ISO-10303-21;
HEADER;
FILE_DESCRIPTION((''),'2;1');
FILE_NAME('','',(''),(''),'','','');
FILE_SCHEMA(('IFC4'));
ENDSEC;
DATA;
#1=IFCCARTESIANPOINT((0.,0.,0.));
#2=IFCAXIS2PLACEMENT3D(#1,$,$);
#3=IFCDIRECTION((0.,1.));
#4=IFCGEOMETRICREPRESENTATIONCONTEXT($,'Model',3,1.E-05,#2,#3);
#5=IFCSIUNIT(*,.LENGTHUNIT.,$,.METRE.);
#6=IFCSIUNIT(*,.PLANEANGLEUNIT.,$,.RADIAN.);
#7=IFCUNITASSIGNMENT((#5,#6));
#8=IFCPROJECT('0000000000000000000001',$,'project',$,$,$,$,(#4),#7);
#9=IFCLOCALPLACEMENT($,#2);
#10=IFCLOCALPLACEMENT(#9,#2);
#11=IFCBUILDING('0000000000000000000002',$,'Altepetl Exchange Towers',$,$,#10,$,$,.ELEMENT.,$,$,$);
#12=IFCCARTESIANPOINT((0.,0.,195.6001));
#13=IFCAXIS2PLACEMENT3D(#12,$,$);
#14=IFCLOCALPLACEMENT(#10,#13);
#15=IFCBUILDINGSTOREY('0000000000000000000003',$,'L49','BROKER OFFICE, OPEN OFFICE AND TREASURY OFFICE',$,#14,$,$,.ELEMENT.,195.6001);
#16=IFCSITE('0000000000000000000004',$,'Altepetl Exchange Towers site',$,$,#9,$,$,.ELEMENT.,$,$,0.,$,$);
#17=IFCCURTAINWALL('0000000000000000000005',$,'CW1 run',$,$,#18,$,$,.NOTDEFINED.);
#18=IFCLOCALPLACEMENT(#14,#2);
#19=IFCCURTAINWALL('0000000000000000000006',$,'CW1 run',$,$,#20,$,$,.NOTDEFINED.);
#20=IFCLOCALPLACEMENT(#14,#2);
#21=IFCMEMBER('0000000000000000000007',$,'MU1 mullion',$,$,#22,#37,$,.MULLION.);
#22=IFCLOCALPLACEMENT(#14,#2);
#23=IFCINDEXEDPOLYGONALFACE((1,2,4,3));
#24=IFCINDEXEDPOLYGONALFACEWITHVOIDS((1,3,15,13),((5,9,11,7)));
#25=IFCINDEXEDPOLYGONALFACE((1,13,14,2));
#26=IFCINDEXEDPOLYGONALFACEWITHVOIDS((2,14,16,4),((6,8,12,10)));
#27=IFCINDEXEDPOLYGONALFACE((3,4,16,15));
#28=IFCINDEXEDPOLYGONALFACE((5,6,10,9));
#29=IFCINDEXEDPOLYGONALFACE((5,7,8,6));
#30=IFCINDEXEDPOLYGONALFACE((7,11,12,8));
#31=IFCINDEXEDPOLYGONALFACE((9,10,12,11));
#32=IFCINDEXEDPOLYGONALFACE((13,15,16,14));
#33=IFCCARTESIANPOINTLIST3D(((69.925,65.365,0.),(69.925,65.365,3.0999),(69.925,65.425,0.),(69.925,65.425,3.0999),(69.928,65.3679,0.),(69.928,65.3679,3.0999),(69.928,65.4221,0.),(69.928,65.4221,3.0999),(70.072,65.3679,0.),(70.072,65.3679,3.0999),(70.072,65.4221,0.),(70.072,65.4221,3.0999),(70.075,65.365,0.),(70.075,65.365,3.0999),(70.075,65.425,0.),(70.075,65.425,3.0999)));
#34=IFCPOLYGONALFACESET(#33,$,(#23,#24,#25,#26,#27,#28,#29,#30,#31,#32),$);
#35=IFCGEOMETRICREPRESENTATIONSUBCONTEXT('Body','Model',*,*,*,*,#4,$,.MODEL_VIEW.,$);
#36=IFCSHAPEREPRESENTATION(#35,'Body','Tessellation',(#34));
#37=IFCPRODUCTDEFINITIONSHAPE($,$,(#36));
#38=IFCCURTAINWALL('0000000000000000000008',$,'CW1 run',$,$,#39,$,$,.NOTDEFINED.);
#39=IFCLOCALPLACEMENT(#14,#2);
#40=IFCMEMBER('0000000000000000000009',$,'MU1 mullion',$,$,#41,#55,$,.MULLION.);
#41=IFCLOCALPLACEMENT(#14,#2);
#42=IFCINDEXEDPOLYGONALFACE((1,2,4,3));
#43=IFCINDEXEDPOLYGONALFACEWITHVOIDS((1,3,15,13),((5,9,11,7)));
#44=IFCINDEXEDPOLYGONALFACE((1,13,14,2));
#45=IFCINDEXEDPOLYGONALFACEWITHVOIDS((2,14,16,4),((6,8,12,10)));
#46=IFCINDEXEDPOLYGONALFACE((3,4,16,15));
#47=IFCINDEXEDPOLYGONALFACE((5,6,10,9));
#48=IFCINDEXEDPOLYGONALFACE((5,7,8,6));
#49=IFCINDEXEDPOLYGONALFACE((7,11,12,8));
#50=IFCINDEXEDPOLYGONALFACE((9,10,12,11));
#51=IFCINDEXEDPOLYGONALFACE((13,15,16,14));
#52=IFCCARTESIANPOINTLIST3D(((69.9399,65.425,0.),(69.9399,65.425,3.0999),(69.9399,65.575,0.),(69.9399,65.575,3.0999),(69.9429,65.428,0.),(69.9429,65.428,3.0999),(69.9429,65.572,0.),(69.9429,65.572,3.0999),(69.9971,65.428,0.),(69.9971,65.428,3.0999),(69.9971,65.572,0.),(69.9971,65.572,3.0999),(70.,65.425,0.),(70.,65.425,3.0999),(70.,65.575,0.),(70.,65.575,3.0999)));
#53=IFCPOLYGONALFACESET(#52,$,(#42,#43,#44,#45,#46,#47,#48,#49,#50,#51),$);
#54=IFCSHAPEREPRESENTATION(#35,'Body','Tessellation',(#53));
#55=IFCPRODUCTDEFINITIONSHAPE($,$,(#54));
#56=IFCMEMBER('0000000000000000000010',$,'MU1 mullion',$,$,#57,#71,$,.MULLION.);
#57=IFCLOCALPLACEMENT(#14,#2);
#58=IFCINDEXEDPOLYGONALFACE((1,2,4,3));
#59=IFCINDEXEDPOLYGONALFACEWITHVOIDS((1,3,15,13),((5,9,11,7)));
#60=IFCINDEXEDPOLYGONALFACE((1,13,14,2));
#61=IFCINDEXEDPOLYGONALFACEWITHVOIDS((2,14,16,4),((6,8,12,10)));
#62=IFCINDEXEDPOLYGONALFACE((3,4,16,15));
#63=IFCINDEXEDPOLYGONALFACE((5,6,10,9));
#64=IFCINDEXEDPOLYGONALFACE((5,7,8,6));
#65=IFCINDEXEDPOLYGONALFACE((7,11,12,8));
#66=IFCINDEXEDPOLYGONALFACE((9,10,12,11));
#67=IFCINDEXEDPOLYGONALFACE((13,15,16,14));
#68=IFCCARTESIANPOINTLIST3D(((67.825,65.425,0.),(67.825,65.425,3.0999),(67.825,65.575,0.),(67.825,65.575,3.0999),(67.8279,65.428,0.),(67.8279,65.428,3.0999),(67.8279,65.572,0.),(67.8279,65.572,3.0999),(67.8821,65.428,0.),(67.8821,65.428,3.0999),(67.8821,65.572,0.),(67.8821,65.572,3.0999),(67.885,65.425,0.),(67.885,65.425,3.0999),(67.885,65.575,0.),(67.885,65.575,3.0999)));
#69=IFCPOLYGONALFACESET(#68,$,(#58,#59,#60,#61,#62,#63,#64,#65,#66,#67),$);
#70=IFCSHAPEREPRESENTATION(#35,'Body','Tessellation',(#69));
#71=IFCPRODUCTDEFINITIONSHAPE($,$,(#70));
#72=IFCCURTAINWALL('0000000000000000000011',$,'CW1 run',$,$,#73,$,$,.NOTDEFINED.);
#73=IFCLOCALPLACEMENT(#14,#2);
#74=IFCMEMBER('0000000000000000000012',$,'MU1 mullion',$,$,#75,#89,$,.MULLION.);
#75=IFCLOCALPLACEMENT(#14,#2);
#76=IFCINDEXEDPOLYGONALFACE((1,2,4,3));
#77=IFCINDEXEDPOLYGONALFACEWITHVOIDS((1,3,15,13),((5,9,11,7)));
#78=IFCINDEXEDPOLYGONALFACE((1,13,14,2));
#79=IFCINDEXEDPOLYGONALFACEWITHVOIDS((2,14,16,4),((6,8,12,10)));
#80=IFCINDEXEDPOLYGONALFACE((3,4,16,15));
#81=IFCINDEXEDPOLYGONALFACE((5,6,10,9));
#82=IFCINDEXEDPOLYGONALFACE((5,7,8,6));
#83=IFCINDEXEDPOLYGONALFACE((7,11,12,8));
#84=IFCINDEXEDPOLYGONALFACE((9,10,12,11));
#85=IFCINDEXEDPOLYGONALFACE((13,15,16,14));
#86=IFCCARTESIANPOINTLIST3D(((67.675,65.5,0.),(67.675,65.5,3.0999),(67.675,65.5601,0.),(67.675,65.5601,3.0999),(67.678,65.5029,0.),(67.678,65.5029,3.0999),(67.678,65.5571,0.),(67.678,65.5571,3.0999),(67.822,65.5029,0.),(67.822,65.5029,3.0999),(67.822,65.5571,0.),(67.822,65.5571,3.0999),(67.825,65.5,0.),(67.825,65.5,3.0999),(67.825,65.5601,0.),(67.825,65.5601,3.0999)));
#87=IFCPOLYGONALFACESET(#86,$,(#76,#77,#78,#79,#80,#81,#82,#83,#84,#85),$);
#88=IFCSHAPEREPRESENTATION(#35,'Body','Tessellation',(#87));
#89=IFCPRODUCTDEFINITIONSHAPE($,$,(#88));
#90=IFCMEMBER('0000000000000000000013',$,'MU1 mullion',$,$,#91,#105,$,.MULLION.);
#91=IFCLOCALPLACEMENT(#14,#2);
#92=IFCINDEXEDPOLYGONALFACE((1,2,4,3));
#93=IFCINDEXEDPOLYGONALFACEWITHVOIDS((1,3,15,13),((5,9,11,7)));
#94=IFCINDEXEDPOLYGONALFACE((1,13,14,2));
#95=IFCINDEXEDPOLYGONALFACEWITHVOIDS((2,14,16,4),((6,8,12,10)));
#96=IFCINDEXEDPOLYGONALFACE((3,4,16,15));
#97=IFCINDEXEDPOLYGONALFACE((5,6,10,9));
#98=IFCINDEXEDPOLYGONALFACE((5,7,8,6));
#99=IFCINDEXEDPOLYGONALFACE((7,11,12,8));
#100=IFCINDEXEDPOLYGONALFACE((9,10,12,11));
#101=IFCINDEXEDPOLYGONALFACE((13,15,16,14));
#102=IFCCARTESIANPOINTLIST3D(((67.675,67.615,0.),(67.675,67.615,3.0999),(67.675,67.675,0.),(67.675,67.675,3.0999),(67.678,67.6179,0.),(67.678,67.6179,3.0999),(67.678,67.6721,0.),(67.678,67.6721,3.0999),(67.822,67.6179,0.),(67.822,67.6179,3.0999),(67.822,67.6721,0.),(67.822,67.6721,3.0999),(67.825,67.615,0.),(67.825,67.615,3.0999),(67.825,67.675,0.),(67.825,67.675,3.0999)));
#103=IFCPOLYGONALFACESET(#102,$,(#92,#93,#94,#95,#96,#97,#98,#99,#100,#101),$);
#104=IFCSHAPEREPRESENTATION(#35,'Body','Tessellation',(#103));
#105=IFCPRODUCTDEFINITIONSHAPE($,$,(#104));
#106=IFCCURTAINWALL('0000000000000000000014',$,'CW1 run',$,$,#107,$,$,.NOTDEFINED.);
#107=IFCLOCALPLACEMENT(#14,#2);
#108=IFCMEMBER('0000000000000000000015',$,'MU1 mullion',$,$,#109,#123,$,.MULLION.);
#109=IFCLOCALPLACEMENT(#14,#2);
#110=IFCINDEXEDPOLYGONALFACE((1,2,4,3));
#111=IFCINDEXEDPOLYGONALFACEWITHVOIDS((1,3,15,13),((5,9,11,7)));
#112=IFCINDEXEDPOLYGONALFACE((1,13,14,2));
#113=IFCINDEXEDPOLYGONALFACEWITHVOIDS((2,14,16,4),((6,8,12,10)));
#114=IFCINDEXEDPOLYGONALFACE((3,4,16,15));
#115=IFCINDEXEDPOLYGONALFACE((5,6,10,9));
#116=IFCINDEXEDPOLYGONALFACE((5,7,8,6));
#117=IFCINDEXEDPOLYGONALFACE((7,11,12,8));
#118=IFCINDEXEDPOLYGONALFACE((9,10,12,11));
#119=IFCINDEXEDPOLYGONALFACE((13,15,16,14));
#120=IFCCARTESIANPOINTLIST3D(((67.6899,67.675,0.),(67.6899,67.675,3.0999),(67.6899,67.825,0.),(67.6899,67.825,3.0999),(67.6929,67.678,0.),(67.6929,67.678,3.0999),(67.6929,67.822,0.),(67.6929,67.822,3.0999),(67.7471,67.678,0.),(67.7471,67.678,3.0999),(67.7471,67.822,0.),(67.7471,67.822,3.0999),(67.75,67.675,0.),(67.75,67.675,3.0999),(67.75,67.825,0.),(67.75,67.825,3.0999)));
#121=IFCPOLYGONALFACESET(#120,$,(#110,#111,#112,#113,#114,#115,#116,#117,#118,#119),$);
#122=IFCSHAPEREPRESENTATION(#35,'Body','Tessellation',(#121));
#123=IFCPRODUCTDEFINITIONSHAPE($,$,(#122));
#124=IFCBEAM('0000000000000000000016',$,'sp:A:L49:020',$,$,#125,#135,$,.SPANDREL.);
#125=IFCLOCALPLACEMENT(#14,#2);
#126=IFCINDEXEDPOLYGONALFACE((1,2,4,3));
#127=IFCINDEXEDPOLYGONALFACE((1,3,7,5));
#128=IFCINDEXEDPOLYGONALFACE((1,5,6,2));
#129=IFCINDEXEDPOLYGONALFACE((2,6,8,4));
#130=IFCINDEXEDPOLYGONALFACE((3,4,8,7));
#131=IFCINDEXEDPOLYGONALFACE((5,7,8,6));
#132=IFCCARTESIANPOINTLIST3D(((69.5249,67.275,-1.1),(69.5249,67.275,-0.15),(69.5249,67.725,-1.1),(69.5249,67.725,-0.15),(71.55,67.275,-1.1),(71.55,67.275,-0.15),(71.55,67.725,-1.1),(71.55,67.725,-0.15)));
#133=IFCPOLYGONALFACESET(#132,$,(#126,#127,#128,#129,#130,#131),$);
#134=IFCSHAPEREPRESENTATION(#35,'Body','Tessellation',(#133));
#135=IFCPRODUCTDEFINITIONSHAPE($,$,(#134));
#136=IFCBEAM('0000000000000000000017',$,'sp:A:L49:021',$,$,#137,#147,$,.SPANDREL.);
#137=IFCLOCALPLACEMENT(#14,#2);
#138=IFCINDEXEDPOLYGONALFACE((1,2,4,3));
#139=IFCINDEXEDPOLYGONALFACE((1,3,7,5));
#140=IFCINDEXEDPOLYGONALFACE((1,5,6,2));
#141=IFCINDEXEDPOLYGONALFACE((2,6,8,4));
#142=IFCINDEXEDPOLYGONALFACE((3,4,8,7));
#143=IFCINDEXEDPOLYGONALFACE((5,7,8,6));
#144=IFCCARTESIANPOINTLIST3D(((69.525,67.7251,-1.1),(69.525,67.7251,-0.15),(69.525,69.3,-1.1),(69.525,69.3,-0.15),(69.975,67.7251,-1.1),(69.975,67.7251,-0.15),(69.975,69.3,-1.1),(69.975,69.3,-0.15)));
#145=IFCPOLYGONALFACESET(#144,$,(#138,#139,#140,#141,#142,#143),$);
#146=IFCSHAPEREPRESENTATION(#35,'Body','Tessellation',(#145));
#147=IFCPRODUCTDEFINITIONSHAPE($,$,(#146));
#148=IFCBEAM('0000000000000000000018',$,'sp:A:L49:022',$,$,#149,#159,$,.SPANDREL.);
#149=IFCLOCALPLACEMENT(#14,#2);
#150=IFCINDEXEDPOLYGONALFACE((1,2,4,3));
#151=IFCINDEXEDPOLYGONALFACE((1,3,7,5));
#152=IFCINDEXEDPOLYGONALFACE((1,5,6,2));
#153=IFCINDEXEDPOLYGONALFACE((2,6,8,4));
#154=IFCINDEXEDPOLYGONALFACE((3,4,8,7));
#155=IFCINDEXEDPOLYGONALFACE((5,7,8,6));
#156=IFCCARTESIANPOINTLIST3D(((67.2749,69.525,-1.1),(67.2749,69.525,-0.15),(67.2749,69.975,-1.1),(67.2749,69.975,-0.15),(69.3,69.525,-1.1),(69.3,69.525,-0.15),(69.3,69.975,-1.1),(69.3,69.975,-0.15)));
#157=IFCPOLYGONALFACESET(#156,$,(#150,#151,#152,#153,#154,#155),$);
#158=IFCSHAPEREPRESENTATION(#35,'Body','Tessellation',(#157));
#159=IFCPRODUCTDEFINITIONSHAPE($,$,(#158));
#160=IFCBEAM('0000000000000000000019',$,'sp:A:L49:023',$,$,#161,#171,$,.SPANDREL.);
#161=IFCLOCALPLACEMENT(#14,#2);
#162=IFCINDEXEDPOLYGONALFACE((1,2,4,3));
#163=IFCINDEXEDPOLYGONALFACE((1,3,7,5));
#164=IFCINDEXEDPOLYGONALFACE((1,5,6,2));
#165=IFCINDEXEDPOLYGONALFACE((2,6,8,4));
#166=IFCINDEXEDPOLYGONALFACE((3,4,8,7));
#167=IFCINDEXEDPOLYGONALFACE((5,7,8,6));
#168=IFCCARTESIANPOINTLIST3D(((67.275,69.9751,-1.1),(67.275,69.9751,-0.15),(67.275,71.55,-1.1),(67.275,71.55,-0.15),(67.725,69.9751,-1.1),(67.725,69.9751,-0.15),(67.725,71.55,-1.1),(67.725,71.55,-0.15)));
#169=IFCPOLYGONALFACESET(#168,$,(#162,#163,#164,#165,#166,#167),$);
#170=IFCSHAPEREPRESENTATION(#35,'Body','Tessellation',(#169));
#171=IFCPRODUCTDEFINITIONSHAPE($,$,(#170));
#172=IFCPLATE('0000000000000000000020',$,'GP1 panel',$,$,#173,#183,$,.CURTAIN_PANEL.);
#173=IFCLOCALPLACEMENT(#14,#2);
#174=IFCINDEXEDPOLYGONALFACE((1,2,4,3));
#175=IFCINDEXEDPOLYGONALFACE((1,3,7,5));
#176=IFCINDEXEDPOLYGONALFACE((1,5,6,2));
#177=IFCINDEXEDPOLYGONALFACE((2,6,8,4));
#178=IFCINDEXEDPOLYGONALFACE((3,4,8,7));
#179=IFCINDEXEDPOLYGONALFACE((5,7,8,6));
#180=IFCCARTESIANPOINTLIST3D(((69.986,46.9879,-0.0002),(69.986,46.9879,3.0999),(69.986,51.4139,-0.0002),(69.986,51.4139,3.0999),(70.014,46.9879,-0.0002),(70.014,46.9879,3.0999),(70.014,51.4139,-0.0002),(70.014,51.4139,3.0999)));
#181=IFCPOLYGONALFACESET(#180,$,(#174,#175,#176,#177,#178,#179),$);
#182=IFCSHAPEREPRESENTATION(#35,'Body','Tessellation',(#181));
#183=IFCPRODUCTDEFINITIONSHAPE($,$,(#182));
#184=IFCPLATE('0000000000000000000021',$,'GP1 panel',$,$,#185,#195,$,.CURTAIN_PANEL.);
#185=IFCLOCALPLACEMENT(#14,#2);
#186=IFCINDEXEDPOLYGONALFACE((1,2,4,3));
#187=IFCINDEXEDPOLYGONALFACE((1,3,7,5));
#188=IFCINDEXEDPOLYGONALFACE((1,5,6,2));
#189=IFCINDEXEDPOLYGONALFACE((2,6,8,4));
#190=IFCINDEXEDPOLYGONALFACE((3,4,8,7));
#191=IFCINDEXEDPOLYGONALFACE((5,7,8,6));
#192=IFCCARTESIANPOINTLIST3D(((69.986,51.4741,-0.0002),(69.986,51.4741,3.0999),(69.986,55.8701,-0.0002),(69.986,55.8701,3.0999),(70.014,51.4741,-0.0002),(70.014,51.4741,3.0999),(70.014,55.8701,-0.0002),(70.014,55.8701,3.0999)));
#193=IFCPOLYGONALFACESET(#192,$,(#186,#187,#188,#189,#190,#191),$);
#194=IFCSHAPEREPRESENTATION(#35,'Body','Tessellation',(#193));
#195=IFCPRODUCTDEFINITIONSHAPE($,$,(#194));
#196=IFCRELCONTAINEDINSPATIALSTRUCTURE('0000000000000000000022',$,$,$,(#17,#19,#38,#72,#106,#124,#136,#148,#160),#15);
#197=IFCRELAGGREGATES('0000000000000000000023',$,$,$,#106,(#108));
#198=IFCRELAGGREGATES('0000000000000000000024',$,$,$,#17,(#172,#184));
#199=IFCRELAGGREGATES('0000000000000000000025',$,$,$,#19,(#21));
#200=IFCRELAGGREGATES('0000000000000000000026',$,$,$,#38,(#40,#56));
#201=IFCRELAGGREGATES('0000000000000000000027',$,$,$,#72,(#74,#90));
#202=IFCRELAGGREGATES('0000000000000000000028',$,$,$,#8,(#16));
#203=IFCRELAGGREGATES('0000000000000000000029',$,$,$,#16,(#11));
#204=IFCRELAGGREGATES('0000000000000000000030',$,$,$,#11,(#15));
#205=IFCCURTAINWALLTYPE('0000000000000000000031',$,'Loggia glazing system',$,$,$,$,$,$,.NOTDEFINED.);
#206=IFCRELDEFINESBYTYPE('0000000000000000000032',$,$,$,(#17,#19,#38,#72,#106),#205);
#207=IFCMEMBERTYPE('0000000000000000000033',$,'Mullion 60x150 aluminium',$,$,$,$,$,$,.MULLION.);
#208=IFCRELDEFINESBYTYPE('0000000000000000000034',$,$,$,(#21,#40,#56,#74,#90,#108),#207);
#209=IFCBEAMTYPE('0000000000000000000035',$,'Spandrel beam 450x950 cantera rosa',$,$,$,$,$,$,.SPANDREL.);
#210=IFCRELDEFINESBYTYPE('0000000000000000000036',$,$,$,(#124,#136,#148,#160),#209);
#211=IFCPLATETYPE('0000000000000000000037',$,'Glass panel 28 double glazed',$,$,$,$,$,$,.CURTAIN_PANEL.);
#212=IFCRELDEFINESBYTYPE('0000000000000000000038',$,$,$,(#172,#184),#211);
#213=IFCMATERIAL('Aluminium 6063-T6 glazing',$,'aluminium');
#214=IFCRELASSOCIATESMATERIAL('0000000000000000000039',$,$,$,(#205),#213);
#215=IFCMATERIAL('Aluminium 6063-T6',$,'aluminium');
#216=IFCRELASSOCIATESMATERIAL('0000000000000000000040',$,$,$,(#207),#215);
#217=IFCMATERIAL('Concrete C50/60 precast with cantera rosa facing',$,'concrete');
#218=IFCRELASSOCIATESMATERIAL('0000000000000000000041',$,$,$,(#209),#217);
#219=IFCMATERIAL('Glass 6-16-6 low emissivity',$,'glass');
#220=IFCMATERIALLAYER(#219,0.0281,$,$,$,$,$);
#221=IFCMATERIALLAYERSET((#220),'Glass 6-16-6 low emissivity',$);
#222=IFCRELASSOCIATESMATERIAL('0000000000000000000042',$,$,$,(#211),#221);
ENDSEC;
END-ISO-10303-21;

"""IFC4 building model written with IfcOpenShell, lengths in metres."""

from ifc_helpers import new_model, si_unit, direction, frame, origin, origin_2d, place, context, subcontext, project, spatial, rectangle, hollow_rectangle, extrude, material, layer, layer_set, material_profile, profile_set, type_object, element, aggregate, save


model = new_model("IFC4")

# Units and contexts
model_context = context("Model", 3, precision=1e-05, world=origin(), true_north=direction((0.0, 1.0)))
body_context = subcontext(model_context, "Body", "Model", "MODEL_VIEW")
ifc_project = project(units=[si_unit("LENGTHUNIT", "METRE"), si_unit("PLANEANGLEUNIT", "RADIAN")], contexts=[model_context])

# Site, building, storey
site_placement = place(None, origin())
site = spatial("IfcSite", under=ifc_project, at=site_placement, Name="Altepetl Exchange Towers site", CompositionType="ELEMENT", RefElevation=0.0)
building_placement = place(site_placement, origin())
building = spatial("IfcBuilding", under=site, at=building_placement, Name="Altepetl Exchange Towers", CompositionType="ELEMENT")
storey_placement = place(building_placement, frame((0.0, 0.0, 195.6001)))
storey = spatial("IfcBuildingStorey", under=building, at=storey_placement, Name="L49", Description="BROKER OFFICE, OPEN OFFICE AND TREASURY OFFICE", CompositionType="ELEMENT", Elevation=195.6001)

# Curtain walls, members
ifc_material_1 = material(Name="Aluminium 6063-T6 glazing", Category="aluminium")
curtain_wall_type = type_object("IfcCurtainWallType", Name="Loggia glazing system", PredefinedType="NOTDEFINED", material=ifc_material_1)
curtain_wall_1_placement = place(storey_placement, origin())
curtain_wall_1 = element("IfcCurtainWall", 1, at=curtain_wall_1_placement, inside=storey, type_object=curtain_wall_type, Name="CW1 run", PredefinedType="NOTDEFINED")
ifc_material_2 = material(Name="Aluminium 6063-T6", Category="aluminium")
ifc_material_profile_1 = material_profile(ifc_material_2, hollow_rectangle(XDim=0.0601, YDim=0.1499, WallThickness=0.0029, at=origin_2d()), Name="Mullion 60x150 aluminium")
ifc_profile_set_1 = profile_set([ifc_material_profile_1], Name="Aluminium 6063-T6")
member_type = type_object("IfcMemberType", Name="Mullion 60x150 aluminium", PredefinedType="MULLION", material=ifc_profile_set_1)
curtain_wall_2_placement = place(storey_placement, origin())
curtain_wall_2 = element("IfcCurtainWall", 2, at=curtain_wall_2_placement, inside=storey, type_object=curtain_wall_type, Name="CW1 run", PredefinedType="NOTDEFINED")
member_1_placement = place(storey_placement, frame((70.0, 65.395, 0.0), z_axis=(0.0, 0.0, 1.0), x_axis=(0.0, 1.0, 0.0)))
member_1 = element("IfcMember", 3, at=member_1_placement, type_object=member_type, Name="MU1 mullion", PredefinedType="MULLION", context=body_context, shape_type="SweptSolid", body=[
    extrude(hollow_rectangle(XDim=0.0601, YDim=0.1499, WallThickness=0.0029, at=origin_2d()), origin(), (0.0, 0.0, 1.0), 3.0999),
])
curtain_wall_3_placement = place(storey_placement, origin())
curtain_wall_3 = element("IfcCurtainWall", 4, at=curtain_wall_3_placement, inside=storey, type_object=curtain_wall_type, Name="CW1 run", PredefinedType="NOTDEFINED")
member_2_placement = place(storey_placement, frame((69.97, 65.5, 0.0), z_axis=(0.0, 0.0, 1.0), x_axis=(-1.0, 0.0, 0.0)))
member_2 = element("IfcMember", 5, at=member_2_placement, type_object=member_type, Name="MU1 mullion", PredefinedType="MULLION", context=body_context, shape_type="SweptSolid", body=[
    extrude(hollow_rectangle(XDim=0.0601, YDim=0.1499, WallThickness=0.0029, at=origin_2d()), origin(), (0.0, 0.0, 1.0), 3.0999),
])
member_3_placement = place(storey_placement, frame((67.855, 65.5, 0.0), z_axis=(0.0, 0.0, 1.0), x_axis=(-1.0, 0.0, 0.0)))
member_3 = element("IfcMember", 6, at=member_3_placement, type_object=member_type, Name="MU1 mullion", PredefinedType="MULLION", context=body_context, shape_type="SweptSolid", body=[
    extrude(hollow_rectangle(XDim=0.0601, YDim=0.1499, WallThickness=0.0029, at=origin_2d()), origin(), (0.0, 0.0, 1.0), 3.0999),
])
curtain_wall_4_placement = place(storey_placement, origin())
curtain_wall_4 = element("IfcCurtainWall", 7, at=curtain_wall_4_placement, inside=storey, type_object=curtain_wall_type, Name="CW1 run", PredefinedType="NOTDEFINED")
member_4_placement = place(storey_placement, frame((67.75, 65.53, 0.0), z_axis=(0.0, 0.0, 1.0), x_axis=(0.0, 1.0, 0.0)))
member_4 = element("IfcMember", 8, at=member_4_placement, type_object=member_type, Name="MU1 mullion", PredefinedType="MULLION", context=body_context, shape_type="SweptSolid", body=[
    extrude(hollow_rectangle(XDim=0.0601, YDim=0.1499, WallThickness=0.0029, at=origin_2d()), origin(), (0.0, 0.0, 1.0), 3.0999),
])
member_5_placement = place(storey_placement, frame((67.75, 67.645, 0.0), z_axis=(0.0, 0.0, 1.0), x_axis=(0.0, 1.0, 0.0)))
member_5 = element("IfcMember", 9, at=member_5_placement, type_object=member_type, Name="MU1 mullion", PredefinedType="MULLION", context=body_context, shape_type="SweptSolid", body=[
    extrude(hollow_rectangle(XDim=0.0601, YDim=0.1499, WallThickness=0.0029, at=origin_2d()), origin(), (0.0, 0.0, 1.0), 3.0999),
])

# Curtain wall, member
curtain_wall_5_placement = place(storey_placement, origin())
curtain_wall_5 = element("IfcCurtainWall", 10, at=curtain_wall_5_placement, inside=storey, type_object=curtain_wall_type, Name="CW1 run", PredefinedType="NOTDEFINED")
member_6_placement = place(storey_placement, frame((67.72, 67.75, 0.0), z_axis=(0.0, 0.0, 1.0), x_axis=(-1.0, 0.0, 0.0)))
member_6 = element("IfcMember", 11, at=member_6_placement, type_object=member_type, Name="MU1 mullion", PredefinedType="MULLION", context=body_context, shape_type="SweptSolid", body=[
    extrude(hollow_rectangle(XDim=0.0601, YDim=0.1499, WallThickness=0.0029, at=origin_2d()), origin(), (0.0, 0.0, 1.0), 3.0999),
])
aggregate(curtain_wall_5, [member_6])

# Beams
ifc_material_3 = material(Name="Concrete C50/60 precast with cantera rosa facing", Category="concrete")
ifc_material_profile_2 = material_profile(ifc_material_3, rectangle(XDim=0.45, YDim=0.95, at=origin_2d()), Name="450 x 950")
ifc_profile_set_2 = profile_set([ifc_material_profile_2], Name="Concrete C50/60 precast with cantera rosa facing")
beam_type_1 = type_object("IfcBeamType", Name="Spandrel beam 450x950 cantera rosa", PredefinedType="SPANDREL", material=ifc_profile_set_2)
beam_1_placement = place(storey_placement, frame((71.55, 67.5, -0.625), z_axis=(-1.0, 0.0, 0.0), x_axis=(0.0, -1.0, 0.0)))
element("IfcBeam", 12, at=beam_1_placement, inside=storey, type_object=beam_type_1, Name="sp:A:L49:020", PredefinedType="SPANDREL", context=body_context, shape_type="SweptSolid", body=[
    extrude(rectangle(XDim=0.45, YDim=0.95, at=origin_2d()), origin(), (0.0, 0.0, 1.0), 2.0251),
])
beam_2_placement = place(storey_placement, frame((69.75, 67.7251, -0.625), z_axis=(0.0, 1.0, 0.0), x_axis=(-1.0, 0.0, 0.0)))
element("IfcBeam", 13, at=beam_2_placement, inside=storey, type_object=beam_type_1, Name="sp:A:L49:021", PredefinedType="SPANDREL", context=body_context, shape_type="SweptSolid", body=[
    extrude(rectangle(XDim=0.45, YDim=0.95, at=origin_2d()), origin(), (0.0, 0.0, 1.0), 1.575),
])
beam_3_placement = place(storey_placement, frame((69.3, 69.75, -0.625), z_axis=(-1.0, 0.0, 0.0), x_axis=(0.0, -1.0, 0.0)))
element("IfcBeam", 14, at=beam_3_placement, inside=storey, type_object=beam_type_1, Name="sp:A:L49:022", PredefinedType="SPANDREL", context=body_context, shape_type="SweptSolid", body=[
    extrude(rectangle(XDim=0.45, YDim=0.95, at=origin_2d()), origin(), (0.0, 0.0, 1.0), 2.0251),
])
beam_4_placement = place(storey_placement, frame((67.5, 69.9751, -0.625), z_axis=(0.0, 1.0, 0.0), x_axis=(-1.0, 0.0, 0.0)))
element("IfcBeam", 15, at=beam_4_placement, inside=storey, type_object=beam_type_1, Name="sp:A:L49:023", PredefinedType="SPANDREL", context=body_context, shape_type="SweptSolid", body=[
    extrude(rectangle(XDim=0.45, YDim=0.95, at=origin_2d()), origin(), (0.0, 0.0, 1.0), 1.575),
])

# Plates
ifc_material_4 = material(Name="Glass 6-16-6 low emissivity", Category="glass")
ifc_layer = layer(ifc_material_4, 0.0281)
ifc_layer_set = layer_set([ifc_layer], Name="Glass 6-16-6 low emissivity")
plate_type = type_object("IfcPlateType", Name="Glass panel 28 double glazed", PredefinedType="CURTAIN_PANEL", material=ifc_layer_set)
plate_1_placement = place(storey_placement, frame((70.0, 49.2009, -0.0002), z_axis=(0.0, 0.0, 1.0), x_axis=(0.0, 1.0, 0.0)))
plate_1 = element("IfcPlate", 16, at=plate_1_placement, type_object=plate_type, Name="GP1 panel", PredefinedType="CURTAIN_PANEL", context=body_context, shape_type="SweptSolid", body=[
    extrude(rectangle(XDim=4.426, YDim=0.0281, at=origin_2d()), origin(), (0.0, 0.0, 1.0), 3.1001),
])
plate_2_placement = place(storey_placement, frame((70.0, 53.6721, -0.0002), z_axis=(0.0, 0.0, 1.0), x_axis=(0.0, 1.0, 0.0)))
plate_2 = element("IfcPlate", 17, at=plate_2_placement, type_object=plate_type, Name="GP1 panel", PredefinedType="CURTAIN_PANEL", context=body_context, shape_type="SweptSolid", body=[
    extrude(rectangle(XDim=4.396, YDim=0.0281, at=origin_2d()), origin(), (0.0, 0.0, 1.0), 3.1001),
])
aggregate(curtain_wall_1, [plate_1, plate_2])
aggregate(curtain_wall_2, [member_1])
aggregate(curtain_wall_3, [member_2, member_3])
aggregate(curtain_wall_4, [member_4, member_5])

save(model, "model.ifc")
